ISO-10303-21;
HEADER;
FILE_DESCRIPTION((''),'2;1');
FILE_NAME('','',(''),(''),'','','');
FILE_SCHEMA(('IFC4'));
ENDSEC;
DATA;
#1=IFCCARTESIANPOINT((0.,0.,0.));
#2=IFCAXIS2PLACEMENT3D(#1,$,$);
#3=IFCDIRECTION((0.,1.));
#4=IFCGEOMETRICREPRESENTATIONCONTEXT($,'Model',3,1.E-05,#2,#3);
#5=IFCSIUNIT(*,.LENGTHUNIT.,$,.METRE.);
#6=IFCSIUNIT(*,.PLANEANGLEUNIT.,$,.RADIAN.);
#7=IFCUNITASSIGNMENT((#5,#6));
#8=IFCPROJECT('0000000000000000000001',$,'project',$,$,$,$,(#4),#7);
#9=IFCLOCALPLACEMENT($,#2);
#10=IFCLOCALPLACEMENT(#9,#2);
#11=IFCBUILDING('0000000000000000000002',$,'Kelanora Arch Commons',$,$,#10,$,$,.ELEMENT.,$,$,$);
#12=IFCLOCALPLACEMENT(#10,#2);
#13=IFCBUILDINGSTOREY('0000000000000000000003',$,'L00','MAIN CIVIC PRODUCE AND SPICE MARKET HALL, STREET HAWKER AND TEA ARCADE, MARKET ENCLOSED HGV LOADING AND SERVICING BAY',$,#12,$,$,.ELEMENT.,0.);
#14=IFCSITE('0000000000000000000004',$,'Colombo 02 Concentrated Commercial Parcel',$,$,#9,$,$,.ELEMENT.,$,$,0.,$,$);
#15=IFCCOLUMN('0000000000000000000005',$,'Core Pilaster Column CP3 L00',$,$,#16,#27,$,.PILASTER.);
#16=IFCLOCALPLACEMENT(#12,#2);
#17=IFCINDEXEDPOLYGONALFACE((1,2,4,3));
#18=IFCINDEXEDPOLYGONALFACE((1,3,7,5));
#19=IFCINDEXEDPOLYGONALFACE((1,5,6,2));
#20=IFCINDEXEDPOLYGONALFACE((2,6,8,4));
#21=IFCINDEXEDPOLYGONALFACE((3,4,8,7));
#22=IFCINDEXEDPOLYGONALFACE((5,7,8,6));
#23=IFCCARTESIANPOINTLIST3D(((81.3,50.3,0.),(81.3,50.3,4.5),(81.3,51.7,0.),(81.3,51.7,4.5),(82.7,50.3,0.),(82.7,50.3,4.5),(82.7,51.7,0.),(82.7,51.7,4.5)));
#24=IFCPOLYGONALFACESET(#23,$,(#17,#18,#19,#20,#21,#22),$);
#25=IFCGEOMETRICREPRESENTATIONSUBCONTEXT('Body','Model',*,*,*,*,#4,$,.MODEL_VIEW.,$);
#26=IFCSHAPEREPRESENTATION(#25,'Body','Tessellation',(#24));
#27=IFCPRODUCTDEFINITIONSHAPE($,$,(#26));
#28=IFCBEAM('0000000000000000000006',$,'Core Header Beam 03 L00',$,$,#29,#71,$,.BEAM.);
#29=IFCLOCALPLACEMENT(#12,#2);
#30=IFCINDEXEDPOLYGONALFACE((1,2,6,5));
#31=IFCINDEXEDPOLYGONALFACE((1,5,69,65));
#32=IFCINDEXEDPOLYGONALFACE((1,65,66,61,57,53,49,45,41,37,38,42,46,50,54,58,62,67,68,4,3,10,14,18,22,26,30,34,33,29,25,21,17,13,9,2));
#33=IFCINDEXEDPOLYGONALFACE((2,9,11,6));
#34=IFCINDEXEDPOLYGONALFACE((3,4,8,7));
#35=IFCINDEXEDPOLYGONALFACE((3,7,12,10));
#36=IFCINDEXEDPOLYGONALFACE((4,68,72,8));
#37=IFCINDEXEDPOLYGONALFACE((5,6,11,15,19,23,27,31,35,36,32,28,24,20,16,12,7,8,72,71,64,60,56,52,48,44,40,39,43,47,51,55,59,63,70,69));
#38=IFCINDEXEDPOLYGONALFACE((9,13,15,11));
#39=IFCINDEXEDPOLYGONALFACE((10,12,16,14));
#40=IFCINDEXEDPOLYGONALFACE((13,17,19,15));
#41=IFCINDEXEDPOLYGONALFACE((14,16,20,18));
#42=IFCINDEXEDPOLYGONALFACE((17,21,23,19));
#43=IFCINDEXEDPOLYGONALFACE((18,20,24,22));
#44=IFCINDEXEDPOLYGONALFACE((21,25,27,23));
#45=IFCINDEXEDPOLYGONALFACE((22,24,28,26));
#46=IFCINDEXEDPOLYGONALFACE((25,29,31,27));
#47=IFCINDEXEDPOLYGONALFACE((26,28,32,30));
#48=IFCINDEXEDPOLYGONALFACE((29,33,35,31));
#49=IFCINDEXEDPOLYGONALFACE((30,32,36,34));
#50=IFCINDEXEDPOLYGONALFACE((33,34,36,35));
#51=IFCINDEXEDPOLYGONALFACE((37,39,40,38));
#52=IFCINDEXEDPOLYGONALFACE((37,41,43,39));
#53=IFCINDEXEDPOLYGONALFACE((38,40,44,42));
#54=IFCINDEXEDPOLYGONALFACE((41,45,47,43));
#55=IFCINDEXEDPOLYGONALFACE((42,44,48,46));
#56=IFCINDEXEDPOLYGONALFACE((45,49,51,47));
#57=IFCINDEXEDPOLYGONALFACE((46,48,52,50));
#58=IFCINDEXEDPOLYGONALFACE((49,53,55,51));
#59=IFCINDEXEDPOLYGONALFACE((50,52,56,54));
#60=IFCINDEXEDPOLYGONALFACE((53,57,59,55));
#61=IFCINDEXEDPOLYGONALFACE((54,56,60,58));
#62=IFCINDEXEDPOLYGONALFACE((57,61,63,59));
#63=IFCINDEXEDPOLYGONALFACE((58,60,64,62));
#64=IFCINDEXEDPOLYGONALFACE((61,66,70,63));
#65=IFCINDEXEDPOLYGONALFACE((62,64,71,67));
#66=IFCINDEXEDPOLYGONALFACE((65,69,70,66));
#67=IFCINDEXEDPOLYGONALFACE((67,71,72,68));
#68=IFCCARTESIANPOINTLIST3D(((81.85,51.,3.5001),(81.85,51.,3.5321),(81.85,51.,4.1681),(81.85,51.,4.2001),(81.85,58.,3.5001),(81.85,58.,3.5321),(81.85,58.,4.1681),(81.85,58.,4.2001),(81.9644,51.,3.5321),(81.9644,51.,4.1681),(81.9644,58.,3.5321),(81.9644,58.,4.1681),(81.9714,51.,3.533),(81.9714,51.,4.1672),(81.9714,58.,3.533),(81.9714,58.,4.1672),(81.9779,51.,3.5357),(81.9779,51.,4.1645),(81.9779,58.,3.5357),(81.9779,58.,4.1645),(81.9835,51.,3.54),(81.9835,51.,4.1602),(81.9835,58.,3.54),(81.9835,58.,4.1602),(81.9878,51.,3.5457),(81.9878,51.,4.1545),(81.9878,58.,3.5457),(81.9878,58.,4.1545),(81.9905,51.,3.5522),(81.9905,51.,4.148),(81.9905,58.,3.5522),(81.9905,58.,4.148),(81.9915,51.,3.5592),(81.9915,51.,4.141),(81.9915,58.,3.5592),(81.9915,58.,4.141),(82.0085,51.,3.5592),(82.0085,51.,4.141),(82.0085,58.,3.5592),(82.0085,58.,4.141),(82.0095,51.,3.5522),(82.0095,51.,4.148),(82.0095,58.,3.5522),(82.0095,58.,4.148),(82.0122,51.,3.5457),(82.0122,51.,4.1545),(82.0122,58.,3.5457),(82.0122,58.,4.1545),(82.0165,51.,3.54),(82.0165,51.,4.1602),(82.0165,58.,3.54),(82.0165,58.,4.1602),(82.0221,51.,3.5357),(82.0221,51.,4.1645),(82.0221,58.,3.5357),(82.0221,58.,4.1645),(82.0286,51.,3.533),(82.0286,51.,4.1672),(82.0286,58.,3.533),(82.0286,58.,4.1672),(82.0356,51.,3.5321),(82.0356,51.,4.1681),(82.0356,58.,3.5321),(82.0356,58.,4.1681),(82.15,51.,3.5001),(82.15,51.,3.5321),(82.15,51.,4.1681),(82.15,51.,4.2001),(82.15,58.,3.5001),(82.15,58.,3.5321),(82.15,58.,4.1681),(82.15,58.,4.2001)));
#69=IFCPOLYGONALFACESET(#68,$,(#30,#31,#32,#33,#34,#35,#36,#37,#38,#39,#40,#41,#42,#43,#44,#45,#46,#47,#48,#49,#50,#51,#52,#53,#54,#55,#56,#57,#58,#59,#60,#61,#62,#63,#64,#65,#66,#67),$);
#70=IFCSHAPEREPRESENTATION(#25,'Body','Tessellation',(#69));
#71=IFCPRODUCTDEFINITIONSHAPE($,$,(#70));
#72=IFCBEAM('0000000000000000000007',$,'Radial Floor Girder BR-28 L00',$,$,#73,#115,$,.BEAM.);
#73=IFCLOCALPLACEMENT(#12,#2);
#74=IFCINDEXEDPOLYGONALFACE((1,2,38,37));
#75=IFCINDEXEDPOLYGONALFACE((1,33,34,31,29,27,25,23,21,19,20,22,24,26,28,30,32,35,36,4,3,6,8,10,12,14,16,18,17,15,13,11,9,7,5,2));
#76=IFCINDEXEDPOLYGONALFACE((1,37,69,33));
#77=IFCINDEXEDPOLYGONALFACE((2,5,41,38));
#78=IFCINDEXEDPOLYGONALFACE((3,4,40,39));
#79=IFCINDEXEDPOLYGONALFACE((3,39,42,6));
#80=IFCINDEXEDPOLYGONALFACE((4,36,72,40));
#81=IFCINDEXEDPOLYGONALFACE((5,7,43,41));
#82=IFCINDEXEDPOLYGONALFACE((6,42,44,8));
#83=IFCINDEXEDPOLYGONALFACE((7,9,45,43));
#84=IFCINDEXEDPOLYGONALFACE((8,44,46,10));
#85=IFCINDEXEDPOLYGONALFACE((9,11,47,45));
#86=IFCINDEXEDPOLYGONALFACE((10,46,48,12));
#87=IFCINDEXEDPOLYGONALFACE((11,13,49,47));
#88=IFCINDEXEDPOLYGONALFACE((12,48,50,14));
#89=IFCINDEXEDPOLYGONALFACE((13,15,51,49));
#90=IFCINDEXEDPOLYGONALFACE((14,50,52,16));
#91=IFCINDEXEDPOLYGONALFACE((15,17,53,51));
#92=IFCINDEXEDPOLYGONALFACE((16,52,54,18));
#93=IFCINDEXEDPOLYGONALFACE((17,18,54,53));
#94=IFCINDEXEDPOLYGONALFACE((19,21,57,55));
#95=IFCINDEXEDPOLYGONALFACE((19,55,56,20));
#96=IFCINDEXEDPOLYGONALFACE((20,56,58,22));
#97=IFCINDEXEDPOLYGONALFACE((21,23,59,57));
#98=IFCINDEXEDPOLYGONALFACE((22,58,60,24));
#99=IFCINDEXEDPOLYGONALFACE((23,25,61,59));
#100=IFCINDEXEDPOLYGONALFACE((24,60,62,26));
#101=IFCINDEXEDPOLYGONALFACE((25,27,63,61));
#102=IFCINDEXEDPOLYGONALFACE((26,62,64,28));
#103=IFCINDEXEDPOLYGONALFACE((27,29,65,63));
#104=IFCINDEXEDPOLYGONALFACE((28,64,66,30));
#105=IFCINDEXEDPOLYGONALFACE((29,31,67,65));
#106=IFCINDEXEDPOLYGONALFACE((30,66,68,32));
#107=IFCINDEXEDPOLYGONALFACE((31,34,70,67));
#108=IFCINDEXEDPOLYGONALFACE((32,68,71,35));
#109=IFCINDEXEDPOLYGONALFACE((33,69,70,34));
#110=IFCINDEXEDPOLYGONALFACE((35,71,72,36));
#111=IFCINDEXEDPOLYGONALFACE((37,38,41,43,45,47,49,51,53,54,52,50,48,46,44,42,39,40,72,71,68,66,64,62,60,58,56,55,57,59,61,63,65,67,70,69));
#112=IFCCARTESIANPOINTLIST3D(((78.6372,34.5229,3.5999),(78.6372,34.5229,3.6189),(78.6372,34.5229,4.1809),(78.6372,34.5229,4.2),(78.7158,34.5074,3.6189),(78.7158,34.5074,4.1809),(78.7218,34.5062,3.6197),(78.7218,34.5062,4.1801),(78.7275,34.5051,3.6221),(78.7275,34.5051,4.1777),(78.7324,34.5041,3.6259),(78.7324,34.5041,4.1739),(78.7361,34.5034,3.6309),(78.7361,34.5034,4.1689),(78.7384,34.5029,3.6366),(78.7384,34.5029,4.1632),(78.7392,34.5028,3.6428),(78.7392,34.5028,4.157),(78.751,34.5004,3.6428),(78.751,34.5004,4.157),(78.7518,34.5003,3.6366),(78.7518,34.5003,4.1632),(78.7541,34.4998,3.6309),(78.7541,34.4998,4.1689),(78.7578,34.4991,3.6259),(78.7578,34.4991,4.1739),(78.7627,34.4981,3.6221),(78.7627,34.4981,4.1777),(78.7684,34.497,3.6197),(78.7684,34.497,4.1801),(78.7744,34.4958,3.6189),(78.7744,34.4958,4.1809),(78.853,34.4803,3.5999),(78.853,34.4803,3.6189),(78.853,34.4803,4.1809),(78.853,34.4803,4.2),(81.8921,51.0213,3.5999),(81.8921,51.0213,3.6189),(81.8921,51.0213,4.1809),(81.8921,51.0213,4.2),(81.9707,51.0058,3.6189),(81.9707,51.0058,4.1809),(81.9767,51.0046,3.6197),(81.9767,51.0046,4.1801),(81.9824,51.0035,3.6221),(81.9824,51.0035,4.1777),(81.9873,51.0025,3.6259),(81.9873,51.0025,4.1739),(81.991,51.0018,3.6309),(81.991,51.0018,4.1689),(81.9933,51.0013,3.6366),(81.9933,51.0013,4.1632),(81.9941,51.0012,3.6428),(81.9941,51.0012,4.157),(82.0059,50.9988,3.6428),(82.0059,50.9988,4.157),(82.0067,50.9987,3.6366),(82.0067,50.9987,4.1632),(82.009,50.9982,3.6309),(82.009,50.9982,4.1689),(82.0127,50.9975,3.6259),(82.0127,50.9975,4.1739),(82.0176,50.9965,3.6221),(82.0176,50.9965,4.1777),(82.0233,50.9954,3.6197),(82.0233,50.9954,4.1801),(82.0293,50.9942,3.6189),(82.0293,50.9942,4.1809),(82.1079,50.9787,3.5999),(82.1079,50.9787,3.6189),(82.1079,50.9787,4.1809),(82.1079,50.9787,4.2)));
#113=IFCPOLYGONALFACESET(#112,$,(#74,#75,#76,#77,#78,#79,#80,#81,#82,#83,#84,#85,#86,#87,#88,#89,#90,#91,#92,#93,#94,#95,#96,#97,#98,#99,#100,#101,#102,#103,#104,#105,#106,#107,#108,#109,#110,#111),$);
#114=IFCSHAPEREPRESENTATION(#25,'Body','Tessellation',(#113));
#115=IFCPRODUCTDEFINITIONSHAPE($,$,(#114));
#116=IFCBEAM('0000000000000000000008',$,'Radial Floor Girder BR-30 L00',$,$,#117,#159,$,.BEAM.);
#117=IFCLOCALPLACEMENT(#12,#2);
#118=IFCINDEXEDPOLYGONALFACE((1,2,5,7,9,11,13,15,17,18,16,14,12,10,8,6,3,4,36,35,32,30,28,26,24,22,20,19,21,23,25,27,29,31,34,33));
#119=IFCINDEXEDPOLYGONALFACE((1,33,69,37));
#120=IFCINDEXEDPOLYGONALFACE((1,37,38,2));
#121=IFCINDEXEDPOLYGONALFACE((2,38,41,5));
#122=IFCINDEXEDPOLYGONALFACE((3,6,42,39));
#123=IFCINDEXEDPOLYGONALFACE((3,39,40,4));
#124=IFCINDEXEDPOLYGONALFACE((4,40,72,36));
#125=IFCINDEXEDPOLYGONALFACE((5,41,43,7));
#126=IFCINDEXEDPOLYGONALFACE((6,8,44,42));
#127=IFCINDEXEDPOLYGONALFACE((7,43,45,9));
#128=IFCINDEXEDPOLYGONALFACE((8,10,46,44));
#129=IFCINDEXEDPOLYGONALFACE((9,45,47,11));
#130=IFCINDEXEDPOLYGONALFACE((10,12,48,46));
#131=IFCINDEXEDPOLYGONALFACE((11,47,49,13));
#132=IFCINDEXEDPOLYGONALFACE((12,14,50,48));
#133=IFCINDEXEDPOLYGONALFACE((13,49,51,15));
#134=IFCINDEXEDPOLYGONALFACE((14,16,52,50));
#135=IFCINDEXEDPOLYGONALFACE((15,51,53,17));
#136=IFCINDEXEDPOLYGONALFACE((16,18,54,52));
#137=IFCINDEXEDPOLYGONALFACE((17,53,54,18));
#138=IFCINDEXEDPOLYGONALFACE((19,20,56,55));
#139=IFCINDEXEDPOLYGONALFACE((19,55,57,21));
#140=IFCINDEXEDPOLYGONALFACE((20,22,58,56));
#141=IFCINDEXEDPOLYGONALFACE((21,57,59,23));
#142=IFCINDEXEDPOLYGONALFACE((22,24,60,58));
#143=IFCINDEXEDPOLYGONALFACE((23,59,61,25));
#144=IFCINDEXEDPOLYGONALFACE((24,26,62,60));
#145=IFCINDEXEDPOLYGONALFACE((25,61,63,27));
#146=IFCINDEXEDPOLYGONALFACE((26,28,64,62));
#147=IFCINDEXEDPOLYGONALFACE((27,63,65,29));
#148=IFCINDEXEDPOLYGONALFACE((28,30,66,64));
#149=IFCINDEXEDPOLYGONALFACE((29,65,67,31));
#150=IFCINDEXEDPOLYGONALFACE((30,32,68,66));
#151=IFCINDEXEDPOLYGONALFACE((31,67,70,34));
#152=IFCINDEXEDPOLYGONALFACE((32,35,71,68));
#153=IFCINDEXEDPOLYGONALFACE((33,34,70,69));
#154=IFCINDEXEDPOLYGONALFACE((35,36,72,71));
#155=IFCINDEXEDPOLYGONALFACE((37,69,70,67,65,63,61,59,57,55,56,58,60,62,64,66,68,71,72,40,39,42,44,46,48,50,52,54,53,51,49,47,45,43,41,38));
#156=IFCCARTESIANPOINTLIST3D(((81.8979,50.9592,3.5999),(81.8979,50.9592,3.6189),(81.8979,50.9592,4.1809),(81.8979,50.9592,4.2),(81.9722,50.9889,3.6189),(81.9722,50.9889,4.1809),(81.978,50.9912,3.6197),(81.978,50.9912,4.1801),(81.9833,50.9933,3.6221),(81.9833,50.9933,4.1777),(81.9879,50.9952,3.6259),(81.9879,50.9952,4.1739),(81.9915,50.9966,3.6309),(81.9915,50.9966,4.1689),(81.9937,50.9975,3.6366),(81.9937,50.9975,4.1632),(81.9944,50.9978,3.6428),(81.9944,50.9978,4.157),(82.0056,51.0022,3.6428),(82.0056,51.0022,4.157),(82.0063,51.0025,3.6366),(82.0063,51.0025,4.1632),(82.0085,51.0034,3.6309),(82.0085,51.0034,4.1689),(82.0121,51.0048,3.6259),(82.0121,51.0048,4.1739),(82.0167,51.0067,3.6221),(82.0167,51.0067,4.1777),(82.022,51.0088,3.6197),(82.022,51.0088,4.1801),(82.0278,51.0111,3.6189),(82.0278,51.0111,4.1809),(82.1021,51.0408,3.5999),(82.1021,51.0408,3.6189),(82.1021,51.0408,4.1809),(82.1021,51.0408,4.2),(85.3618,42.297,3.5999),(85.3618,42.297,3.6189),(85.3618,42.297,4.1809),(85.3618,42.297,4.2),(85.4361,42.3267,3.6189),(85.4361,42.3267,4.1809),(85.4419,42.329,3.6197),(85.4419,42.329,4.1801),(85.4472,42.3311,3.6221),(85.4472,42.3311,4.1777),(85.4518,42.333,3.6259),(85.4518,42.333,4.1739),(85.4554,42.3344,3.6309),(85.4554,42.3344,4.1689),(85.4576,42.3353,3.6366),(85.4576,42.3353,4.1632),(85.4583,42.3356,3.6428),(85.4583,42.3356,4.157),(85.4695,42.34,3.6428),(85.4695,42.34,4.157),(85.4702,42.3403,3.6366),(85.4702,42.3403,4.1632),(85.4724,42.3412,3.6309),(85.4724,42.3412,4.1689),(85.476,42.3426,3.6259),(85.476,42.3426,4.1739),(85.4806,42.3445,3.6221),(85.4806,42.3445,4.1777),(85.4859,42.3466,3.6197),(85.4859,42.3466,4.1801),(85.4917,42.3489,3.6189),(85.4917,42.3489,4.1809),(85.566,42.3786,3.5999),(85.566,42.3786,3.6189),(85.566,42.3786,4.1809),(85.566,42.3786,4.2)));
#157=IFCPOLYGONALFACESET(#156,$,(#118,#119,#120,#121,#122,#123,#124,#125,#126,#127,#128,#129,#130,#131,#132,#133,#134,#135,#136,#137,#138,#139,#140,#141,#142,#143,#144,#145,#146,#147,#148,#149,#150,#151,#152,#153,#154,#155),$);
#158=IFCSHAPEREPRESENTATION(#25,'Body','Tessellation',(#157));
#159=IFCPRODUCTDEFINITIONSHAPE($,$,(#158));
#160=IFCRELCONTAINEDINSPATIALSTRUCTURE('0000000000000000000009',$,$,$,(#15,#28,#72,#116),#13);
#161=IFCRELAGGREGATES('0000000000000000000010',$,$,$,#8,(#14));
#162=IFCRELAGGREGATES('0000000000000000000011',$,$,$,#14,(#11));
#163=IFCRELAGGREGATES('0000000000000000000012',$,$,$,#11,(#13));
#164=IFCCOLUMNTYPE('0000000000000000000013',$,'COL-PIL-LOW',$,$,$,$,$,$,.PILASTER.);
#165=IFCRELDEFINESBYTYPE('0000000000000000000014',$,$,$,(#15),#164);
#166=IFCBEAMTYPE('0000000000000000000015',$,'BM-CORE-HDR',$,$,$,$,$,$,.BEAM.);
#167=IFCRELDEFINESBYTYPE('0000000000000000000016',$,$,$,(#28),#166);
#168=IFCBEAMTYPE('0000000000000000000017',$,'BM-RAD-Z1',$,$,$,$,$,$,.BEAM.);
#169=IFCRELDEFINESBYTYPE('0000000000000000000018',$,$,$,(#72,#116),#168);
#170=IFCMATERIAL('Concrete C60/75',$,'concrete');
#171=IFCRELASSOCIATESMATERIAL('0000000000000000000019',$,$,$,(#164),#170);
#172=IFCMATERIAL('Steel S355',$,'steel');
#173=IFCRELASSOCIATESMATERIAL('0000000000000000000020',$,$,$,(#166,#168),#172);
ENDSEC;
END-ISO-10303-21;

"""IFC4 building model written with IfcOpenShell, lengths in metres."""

from ifc_helpers import new_model, si_unit, direction, frame, origin, origin_2d, place, context, subcontext, project, spatial, rectangle, i_section, extrude, material, material_profile, profile_set, type_object, element, save


model = new_model("IFC4")

# Units and contexts
model_context = context("Model", 3, precision=1e-05, world=origin(), true_north=direction((0.0, 1.0)))
body_context = subcontext(model_context, "Body", "Model", "MODEL_VIEW")
ifc_project = project(units=[si_unit("LENGTHUNIT", "METRE"), si_unit("PLANEANGLEUNIT", "RADIAN")], contexts=[model_context])

# Site, building, storey
site_placement = place(None, origin())
site = spatial("IfcSite", under=ifc_project, at=site_placement, Name="Colombo 02 Concentrated Commercial Parcel", CompositionType="ELEMENT", RefElevation=0.0)
building_placement = place(site_placement, origin())
building = spatial("IfcBuilding", under=site, at=building_placement, Name="Kelanora Arch Commons", CompositionType="ELEMENT")
storey_placement = place(building_placement, origin())
storey = spatial("IfcBuildingStorey", under=building, at=storey_placement, Name="L00", Description="MAIN CIVIC PRODUCE AND SPICE MARKET HALL, STREET HAWKER AND TEA ARCADE, MARKET ENCLOSED HGV LOADING AND SERVICING BAY", CompositionType="ELEMENT", Elevation=0.0)

# Column
ifc_material_1 = material(Name="Concrete C60/75", Category="concrete")
ifc_material_profile_1 = material_profile(ifc_material_1, rectangle(XDim=1.3999, YDim=1.3999, at=origin_2d()), Name="RC1400x1400")
ifc_profile_set_1 = profile_set([ifc_material_profile_1], Name="Concrete C60/75")
column_type = type_object("IfcColumnType", Name="COL-PIL-LOW", PredefinedType="PILASTER", material=ifc_profile_set_1)
column_placement = place(storey_placement, frame((82.0, 51.0, 0.0), z_axis=(0.0, 0.0, 1.0), x_axis=(1.0, 0.0, 0.0)))
element("IfcColumn", 1, at=column_placement, inside=storey, type_object=column_type, Name="Core Pilaster Column CP3 L00", PredefinedType="PILASTER", context=body_context, shape_type="SweptSolid", body=[
    extrude(rectangle(XDim=1.3999, YDim=1.3999, at=origin_2d()), origin(), (0.0, 0.0, 1.0), 4.5),
])

# Beams
ifc_material_2 = material(Name="Steel S355", Category="steel")
ifc_material_profile_2 = material_profile(ifc_material_2, i_section(OverallWidth=0.3, OverallDepth=0.7, WebThickness=0.0171, FlangeThickness=0.032, FilletRadius=0.0271, at=origin_2d()), Name="HEB700")
ifc_profile_set_2 = profile_set([ifc_material_profile_2], Name="Steel S355")
beam_type_1 = type_object("IfcBeamType", Name="BM-CORE-HDR", PredefinedType="BEAM", material=ifc_profile_set_2)
beam_1_placement = place(storey_placement, frame((82.0, 51.0, 3.8501), z_axis=(0.0, 1.0, 0.0), x_axis=(-1.0, 0.0, 0.0)))
element("IfcBeam", 2, at=beam_1_placement, inside=storey, type_object=beam_type_1, Name="Core Header Beam 03 L00", PredefinedType="BEAM", context=body_context, shape_type="SweptSolid", body=[
    extrude(i_section(OverallWidth=0.3, OverallDepth=0.7, WebThickness=0.0171, FlangeThickness=0.032, FilletRadius=0.0271, at=origin_2d()), origin(), (0.0, 0.0, 1.0), 7.0),
])
ifc_material_profile_3 = material_profile(ifc_material_2, i_section(OverallWidth=0.22, OverallDepth=0.6001, WebThickness=0.012, FlangeThickness=0.019, FilletRadius=0.0239, at=origin_2d()), Name="IPE600")
ifc_profile_set_3 = profile_set([ifc_material_profile_3], Name="Steel S355")
beam_type_2 = type_object("IfcBeamType", Name="BM-RAD-Z1", PredefinedType="BEAM", material=ifc_profile_set_3)
beam_2_placement = place(storey_placement, frame((82.0, 51.0, 3.8999), z_axis=(-0.193555, -0.981089, 0.0), x_axis=(0.981089, -0.193555, 0.0)))
element("IfcBeam", 3, at=beam_2_placement, inside=storey, type_object=beam_type_2, Name="Radial Floor Girder BR-28 L00", PredefinedType="BEAM", context=body_context, shape_type="SweptSolid", body=[
    extrude(i_section(OverallWidth=0.22, OverallDepth=0.6001, WebThickness=0.012, FlangeThickness=0.019, FilletRadius=0.0239, at=origin_2d()), origin(), (0.0, 0.0, 1.0), 16.8164),
])
beam_3_placement = place(storey_placement, frame((82.0, 51.0, 3.8999), z_axis=(0.3713, -0.928513, 0.0), x_axis=(0.928513, 0.3713, 0.0)))
element("IfcBeam", 4, at=beam_3_placement, inside=storey, type_object=beam_type_2, Name="Radial Floor Girder BR-30 L00", PredefinedType="BEAM", context=body_context, shape_type="SweptSolid", body=[
    extrude(i_section(OverallWidth=0.22, OverallDepth=0.6001, WebThickness=0.012, FlangeThickness=0.019, FilletRadius=0.0239, at=origin_2d()), origin(), (0.0, 0.0, 1.0), 9.3291),
])

save(model, "model.ifc")
